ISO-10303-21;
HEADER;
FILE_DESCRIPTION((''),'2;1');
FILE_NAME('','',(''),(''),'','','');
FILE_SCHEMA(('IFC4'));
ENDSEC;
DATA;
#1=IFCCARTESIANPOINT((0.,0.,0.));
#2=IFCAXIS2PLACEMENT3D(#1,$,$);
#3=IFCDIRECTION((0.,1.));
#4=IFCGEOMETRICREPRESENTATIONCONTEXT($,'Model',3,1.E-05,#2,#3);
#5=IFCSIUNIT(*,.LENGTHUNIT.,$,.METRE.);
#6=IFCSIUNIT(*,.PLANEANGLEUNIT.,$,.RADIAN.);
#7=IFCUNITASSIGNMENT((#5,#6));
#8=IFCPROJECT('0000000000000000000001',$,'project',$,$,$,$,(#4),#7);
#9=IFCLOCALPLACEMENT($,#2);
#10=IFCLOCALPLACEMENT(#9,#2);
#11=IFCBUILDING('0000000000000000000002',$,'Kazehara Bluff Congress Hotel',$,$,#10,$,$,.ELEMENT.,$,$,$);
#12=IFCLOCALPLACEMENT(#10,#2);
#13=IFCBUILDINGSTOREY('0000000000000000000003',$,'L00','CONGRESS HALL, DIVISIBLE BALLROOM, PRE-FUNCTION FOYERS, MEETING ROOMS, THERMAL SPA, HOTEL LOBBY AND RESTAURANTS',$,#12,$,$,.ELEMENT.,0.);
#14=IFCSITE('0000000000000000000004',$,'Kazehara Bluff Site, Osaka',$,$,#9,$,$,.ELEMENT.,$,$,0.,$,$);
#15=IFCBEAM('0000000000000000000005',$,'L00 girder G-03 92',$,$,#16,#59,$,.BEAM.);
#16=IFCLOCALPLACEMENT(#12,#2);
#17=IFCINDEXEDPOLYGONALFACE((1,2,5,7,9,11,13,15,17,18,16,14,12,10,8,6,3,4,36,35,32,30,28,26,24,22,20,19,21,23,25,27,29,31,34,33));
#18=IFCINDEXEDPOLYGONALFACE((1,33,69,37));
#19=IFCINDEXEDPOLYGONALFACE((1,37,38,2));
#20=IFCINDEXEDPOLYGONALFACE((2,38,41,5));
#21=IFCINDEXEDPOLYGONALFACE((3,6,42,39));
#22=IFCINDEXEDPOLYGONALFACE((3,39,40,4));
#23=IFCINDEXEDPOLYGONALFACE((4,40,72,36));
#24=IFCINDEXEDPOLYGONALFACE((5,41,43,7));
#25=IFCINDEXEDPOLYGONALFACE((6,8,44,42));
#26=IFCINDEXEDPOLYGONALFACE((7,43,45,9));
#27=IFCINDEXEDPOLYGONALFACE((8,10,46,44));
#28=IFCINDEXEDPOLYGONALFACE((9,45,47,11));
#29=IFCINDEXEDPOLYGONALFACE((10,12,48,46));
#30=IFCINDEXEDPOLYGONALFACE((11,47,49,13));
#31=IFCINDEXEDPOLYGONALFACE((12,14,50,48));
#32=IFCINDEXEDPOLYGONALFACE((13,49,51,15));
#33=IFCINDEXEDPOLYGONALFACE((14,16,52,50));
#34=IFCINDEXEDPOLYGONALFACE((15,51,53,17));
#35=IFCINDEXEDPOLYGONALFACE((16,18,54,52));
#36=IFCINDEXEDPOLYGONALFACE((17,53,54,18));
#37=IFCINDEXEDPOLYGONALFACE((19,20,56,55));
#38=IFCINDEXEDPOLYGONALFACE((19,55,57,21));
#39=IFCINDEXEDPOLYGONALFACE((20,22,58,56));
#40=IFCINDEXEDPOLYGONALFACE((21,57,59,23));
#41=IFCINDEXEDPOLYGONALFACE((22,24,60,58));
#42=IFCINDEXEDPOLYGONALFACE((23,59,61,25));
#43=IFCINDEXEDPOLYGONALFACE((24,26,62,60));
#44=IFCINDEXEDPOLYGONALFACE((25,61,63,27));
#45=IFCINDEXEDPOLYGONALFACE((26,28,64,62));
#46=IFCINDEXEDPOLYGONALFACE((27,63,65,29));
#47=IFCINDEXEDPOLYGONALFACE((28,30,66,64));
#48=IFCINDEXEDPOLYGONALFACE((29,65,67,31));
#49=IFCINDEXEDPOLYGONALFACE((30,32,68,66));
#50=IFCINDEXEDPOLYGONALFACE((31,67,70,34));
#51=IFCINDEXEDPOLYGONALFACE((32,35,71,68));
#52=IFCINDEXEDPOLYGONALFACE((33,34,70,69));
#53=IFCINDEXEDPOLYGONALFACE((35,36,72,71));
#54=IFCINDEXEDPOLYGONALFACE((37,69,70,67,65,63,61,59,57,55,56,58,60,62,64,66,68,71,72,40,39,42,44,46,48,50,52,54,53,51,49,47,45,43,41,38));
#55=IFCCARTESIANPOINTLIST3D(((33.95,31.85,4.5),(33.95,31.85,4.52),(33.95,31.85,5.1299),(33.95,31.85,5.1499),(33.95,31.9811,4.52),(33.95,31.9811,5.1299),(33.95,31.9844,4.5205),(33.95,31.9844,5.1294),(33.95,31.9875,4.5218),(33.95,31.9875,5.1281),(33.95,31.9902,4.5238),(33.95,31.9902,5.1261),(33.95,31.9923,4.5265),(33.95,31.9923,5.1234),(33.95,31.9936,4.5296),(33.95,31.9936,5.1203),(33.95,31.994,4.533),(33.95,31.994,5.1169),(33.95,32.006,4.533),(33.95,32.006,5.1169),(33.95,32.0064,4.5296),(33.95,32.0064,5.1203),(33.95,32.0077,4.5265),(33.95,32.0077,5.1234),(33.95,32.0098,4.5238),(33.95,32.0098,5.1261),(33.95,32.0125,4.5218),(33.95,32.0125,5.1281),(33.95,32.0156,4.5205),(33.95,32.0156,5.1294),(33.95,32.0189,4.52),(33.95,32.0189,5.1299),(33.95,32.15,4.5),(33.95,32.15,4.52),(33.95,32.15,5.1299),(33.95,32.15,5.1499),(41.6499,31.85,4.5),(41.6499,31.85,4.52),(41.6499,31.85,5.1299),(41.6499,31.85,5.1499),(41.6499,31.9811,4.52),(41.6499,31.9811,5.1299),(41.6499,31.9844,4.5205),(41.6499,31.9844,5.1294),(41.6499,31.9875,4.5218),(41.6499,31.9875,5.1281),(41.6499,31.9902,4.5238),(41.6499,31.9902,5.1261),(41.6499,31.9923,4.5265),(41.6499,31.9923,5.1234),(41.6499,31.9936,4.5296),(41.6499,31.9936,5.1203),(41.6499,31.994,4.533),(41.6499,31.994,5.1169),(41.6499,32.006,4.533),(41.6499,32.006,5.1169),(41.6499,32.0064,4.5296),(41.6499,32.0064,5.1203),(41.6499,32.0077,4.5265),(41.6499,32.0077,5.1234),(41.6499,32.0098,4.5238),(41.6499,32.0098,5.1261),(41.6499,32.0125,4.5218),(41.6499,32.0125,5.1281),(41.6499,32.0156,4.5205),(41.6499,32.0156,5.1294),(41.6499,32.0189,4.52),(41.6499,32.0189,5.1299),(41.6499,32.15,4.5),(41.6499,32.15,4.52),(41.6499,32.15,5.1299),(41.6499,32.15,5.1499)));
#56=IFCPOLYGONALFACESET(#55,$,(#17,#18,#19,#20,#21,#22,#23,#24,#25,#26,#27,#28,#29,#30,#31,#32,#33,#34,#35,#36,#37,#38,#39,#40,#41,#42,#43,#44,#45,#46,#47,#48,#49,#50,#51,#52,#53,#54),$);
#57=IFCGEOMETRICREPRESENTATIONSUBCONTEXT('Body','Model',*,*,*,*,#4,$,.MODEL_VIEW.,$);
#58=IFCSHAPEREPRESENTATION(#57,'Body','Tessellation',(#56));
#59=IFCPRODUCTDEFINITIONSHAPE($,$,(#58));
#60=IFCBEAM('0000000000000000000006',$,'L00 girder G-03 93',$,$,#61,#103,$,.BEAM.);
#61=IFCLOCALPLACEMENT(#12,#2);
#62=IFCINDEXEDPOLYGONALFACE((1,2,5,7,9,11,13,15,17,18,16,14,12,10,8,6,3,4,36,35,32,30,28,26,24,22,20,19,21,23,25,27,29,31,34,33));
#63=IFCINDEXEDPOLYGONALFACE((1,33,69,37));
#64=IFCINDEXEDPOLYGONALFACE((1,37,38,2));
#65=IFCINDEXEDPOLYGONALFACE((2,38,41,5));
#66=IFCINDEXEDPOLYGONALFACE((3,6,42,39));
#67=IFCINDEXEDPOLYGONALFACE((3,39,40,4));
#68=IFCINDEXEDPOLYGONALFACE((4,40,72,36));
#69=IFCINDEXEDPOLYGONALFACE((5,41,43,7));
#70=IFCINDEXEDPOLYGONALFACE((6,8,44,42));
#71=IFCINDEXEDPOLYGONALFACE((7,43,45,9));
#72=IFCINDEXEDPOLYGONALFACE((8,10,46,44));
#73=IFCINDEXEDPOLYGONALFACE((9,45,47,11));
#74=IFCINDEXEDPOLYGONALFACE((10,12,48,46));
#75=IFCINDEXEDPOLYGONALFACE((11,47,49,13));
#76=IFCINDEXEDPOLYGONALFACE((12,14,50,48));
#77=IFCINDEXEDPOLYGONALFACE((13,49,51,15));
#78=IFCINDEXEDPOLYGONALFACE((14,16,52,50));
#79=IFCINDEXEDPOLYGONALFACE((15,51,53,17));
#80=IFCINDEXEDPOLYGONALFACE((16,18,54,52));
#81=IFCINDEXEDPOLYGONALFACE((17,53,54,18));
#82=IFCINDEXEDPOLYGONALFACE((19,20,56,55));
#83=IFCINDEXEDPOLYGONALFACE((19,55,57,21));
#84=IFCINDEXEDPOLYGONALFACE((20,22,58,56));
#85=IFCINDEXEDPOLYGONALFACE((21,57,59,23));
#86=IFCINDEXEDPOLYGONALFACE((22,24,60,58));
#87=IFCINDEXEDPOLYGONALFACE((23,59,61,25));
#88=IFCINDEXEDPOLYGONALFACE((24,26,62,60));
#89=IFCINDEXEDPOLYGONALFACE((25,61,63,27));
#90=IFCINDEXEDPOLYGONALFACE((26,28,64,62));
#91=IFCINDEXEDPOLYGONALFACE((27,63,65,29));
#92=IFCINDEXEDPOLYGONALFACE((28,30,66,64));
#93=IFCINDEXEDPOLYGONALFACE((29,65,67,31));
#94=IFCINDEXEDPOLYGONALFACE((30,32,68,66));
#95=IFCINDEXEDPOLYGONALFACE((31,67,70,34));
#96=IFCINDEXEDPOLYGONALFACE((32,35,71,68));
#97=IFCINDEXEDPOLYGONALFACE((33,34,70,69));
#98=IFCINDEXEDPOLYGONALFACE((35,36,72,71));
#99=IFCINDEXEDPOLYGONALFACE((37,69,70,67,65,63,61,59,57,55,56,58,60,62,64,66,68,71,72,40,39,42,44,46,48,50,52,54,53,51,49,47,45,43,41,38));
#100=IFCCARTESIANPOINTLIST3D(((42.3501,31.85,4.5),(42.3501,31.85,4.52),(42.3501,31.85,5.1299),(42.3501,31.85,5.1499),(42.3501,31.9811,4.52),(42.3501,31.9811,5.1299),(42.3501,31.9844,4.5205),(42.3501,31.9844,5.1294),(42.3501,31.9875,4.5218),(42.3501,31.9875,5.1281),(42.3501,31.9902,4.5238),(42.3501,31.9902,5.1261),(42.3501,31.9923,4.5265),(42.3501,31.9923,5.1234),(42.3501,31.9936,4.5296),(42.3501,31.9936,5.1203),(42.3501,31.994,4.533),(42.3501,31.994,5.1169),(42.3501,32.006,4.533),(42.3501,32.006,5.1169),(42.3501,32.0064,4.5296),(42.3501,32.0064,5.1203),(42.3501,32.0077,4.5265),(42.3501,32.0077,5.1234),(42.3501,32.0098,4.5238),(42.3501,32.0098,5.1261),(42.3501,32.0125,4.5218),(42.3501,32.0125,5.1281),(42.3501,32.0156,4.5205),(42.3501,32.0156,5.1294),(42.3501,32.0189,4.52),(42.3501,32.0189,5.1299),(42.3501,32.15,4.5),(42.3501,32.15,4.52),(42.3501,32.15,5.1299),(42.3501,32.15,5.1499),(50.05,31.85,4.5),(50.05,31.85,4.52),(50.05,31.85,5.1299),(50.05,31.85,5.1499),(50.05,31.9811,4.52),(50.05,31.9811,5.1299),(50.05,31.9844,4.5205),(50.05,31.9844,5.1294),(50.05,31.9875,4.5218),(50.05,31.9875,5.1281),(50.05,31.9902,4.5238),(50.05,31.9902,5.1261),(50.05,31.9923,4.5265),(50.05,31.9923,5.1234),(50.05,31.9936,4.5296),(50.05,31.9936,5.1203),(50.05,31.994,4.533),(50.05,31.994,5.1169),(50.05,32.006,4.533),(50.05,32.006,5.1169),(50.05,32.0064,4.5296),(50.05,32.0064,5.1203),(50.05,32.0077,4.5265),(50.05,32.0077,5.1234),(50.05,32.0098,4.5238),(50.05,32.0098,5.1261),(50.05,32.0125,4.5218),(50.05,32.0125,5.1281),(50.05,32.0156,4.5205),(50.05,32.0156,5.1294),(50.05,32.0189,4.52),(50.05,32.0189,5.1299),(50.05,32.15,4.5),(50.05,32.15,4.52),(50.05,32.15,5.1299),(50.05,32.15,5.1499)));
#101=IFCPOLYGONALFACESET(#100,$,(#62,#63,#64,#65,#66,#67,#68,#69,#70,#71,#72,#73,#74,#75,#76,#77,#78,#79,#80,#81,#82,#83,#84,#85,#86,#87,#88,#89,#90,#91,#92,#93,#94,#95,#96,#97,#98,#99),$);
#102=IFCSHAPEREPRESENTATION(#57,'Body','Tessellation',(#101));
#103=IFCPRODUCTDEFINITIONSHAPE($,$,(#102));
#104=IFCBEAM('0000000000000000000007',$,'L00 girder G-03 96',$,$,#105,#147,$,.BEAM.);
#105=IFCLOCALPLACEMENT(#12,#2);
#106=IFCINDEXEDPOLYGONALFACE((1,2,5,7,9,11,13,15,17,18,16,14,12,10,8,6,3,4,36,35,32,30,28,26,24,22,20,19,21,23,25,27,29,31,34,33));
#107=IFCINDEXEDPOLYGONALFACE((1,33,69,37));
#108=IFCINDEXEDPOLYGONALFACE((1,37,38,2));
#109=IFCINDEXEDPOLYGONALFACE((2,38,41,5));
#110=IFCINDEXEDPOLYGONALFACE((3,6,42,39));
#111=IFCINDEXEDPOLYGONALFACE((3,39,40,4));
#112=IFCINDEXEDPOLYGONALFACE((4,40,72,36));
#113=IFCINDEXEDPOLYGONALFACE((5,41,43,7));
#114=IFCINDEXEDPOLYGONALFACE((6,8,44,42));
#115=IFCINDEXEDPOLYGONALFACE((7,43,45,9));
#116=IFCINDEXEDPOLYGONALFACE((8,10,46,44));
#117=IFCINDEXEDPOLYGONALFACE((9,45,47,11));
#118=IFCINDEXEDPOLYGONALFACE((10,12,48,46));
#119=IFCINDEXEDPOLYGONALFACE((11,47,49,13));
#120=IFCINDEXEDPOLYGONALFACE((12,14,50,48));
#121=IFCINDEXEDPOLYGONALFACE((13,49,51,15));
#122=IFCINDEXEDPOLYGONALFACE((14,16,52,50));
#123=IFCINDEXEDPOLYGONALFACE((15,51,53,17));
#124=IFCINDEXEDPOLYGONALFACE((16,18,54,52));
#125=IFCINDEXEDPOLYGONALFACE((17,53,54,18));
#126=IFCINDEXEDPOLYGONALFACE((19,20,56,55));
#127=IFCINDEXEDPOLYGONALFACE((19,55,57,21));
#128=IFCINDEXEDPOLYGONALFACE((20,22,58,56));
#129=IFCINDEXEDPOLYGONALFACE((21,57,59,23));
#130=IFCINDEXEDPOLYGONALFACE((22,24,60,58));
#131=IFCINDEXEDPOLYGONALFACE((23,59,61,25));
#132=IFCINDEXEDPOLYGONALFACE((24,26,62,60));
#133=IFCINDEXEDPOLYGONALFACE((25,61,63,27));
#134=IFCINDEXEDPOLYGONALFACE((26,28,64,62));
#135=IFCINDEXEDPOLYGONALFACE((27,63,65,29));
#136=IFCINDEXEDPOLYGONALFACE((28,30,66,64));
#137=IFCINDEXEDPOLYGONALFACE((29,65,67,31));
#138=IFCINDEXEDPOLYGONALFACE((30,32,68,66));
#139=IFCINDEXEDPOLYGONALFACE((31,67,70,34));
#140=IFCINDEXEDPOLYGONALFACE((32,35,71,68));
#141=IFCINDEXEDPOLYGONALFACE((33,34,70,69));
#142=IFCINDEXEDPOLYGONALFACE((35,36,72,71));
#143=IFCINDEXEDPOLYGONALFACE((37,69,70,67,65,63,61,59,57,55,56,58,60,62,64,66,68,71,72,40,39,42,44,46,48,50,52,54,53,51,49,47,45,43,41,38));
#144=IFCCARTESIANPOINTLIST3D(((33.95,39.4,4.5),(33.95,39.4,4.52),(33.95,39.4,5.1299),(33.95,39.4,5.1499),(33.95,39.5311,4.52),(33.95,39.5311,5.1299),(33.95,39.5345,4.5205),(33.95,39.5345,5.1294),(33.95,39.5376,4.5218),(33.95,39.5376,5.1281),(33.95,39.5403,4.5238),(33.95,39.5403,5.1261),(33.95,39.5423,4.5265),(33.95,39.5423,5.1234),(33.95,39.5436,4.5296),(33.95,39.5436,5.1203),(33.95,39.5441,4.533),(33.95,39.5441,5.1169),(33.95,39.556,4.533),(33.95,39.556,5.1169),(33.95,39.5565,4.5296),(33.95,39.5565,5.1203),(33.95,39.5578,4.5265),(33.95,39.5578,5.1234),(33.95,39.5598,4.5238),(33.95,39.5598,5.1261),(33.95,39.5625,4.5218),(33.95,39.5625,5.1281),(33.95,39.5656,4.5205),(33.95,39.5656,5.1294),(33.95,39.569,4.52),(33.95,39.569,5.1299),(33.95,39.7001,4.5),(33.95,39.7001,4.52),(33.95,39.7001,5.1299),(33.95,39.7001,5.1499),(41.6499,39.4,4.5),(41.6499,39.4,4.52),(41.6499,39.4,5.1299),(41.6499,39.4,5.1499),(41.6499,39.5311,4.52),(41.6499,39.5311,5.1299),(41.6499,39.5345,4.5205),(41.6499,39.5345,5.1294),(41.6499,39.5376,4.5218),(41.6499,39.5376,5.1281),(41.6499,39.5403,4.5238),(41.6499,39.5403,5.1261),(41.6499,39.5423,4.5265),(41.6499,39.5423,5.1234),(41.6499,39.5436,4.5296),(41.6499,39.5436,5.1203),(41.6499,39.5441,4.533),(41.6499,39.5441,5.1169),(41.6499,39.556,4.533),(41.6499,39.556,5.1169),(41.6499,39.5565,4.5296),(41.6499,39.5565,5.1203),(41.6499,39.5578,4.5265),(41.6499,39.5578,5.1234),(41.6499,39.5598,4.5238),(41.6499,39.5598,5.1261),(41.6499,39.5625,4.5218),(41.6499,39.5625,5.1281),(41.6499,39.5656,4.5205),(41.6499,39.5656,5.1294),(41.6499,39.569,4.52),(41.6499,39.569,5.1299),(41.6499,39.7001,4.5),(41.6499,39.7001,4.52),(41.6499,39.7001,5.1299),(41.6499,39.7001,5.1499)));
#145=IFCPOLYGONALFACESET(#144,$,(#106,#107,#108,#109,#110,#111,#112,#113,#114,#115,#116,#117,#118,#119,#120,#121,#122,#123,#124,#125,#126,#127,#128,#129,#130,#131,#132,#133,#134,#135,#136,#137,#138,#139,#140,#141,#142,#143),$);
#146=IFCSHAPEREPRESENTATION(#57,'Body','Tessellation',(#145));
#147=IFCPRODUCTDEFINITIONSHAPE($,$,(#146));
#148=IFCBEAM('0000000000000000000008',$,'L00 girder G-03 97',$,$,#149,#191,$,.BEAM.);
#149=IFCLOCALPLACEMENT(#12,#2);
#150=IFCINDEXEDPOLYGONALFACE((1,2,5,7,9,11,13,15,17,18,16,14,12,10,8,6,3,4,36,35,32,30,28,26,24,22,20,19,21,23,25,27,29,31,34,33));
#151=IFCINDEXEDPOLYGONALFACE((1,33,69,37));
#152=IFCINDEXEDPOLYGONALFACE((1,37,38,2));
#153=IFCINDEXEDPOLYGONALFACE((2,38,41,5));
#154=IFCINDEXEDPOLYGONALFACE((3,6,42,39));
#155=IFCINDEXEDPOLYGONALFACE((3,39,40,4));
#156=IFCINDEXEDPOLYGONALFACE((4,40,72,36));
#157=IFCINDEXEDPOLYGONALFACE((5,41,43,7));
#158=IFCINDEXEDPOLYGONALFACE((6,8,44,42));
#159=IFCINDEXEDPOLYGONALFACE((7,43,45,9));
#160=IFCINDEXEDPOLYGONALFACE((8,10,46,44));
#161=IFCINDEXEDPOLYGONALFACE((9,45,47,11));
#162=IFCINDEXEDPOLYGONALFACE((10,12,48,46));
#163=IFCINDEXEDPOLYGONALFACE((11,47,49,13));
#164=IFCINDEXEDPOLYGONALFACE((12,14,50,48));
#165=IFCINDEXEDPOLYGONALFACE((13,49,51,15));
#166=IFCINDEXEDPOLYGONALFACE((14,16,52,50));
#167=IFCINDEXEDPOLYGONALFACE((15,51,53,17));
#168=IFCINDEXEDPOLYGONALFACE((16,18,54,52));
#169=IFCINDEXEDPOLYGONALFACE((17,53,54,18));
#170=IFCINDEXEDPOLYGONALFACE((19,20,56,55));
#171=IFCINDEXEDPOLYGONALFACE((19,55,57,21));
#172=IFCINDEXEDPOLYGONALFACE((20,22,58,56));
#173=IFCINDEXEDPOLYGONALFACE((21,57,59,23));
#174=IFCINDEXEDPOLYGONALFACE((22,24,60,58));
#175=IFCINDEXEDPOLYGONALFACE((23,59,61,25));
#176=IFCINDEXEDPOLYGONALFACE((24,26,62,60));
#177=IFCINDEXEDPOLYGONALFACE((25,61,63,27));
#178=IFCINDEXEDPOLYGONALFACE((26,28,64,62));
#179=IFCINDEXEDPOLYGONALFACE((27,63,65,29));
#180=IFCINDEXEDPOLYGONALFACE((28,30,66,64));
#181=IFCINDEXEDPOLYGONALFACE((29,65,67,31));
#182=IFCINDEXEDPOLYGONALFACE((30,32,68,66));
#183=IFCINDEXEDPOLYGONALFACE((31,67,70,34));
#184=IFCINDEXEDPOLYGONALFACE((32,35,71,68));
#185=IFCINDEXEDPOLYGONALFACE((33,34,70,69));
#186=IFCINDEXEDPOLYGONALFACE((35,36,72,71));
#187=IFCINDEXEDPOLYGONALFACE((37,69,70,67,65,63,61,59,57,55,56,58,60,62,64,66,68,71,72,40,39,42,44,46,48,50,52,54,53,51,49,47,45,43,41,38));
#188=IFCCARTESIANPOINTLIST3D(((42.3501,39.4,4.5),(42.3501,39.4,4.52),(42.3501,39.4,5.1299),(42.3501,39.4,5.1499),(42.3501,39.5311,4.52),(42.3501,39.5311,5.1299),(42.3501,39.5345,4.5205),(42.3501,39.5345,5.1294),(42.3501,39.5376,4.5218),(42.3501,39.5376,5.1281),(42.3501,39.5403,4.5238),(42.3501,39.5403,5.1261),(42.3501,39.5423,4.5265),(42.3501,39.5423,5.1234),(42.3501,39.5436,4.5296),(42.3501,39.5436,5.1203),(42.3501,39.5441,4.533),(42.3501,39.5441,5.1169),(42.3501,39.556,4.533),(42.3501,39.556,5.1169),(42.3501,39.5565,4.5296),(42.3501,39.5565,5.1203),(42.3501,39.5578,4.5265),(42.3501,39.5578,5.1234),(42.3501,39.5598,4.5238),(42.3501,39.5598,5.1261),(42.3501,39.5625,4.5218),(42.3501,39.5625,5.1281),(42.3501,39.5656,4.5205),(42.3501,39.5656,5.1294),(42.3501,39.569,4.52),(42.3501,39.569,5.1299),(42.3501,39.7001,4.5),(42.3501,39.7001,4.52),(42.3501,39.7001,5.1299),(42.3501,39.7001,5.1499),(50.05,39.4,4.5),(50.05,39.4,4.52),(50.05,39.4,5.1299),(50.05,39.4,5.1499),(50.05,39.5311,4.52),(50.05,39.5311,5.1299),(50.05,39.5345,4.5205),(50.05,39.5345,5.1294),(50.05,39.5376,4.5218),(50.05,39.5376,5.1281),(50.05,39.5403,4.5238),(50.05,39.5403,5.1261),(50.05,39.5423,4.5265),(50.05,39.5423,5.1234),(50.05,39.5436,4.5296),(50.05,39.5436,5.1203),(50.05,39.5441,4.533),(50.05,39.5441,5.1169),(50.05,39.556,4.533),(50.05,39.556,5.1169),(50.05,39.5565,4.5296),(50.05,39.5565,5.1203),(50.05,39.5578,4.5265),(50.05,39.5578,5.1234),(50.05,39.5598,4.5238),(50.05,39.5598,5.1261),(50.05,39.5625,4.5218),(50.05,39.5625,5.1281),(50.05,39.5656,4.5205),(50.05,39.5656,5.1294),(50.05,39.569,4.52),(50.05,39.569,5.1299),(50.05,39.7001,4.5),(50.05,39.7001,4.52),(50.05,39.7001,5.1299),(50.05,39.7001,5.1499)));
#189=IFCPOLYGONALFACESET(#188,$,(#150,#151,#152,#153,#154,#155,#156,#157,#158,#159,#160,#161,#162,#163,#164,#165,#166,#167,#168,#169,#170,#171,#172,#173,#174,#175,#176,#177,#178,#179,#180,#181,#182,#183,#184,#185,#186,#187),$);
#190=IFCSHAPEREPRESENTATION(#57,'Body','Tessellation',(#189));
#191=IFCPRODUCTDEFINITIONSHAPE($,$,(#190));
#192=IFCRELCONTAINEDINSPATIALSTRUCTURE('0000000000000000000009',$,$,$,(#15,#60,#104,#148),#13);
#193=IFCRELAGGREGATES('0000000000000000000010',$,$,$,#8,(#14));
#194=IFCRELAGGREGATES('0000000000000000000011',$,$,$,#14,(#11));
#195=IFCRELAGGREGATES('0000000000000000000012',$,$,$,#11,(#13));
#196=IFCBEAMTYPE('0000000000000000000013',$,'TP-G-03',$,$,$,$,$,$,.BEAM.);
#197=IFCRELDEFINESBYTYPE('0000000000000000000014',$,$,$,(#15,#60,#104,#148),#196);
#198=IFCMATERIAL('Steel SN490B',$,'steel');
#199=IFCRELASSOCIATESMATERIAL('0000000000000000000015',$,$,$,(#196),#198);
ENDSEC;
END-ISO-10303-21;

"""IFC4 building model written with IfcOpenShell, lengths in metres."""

from ifc_helpers import new_model, si_unit, direction, frame, origin, origin_2d, place, context, subcontext, project, spatial, i_section, extrude, material, material_profile, profile_set, type_object, element, save


model = new_model("IFC4")

# Units and contexts
model_context = context("Model", 3, precision=1e-05, world=origin(), true_north=direction((0.0, 1.0)))
body_context = subcontext(model_context, "Body", "Model", "MODEL_VIEW")
ifc_project = project(units=[si_unit("LENGTHUNIT", "METRE"), si_unit("PLANEANGLEUNIT", "RADIAN")], contexts=[model_context])

# Site, building, storey
site_placement = place(None, origin())
site = spatial("IfcSite", under=ifc_project, at=site_placement, Name="Kazehara Bluff Site, Osaka", CompositionType="ELEMENT", RefElevation=0.0)
building_placement = place(site_placement, origin())
building = spatial("IfcBuilding", under=site, at=building_placement, Name="Kazehara Bluff Congress Hotel", CompositionType="ELEMENT")
storey_placement = place(building_placement, origin())
storey = spatial("IfcBuildingStorey", under=building, at=storey_placement, Name="L00", Description="CONGRESS HALL, DIVISIBLE BALLROOM, PRE-FUNCTION FOYERS, MEETING ROOMS, THERMAL SPA, HOTEL LOBBY AND RESTAURANTS", CompositionType="ELEMENT", Elevation=0.0)

# Beams
ifc_material_1 = material(Name="Steel SN490B", Category="steel")
ifc_material_profile_1 = material_profile(ifc_material_1, i_section(OverallWidth=0.3, OverallDepth=0.6499, WebThickness=0.012, FlangeThickness=0.02, FilletRadius=0.0129, at=origin_2d()))
ifc_profile_set_1 = profile_set([ifc_material_profile_1], Name="Steel SN490B")
beam_type_1 = type_object("IfcBeamType", Name="TP-G-03", PredefinedType="BEAM", material=ifc_profile_set_1)
for number, where, z_axis, x_axis, name in (
    (1, (33.95, 32.0, 4.825), (1.0, 0.0, 0.0), (0.0, 1.0, 0.0), "L00 girder G-03 92"),
    (2, (42.3501, 32.0, 4.825), (1.0, 0.0, 0.0), (0.0, 1.0, 0.0), "L00 girder G-03 93"),
    (3, (33.95, 39.55, 4.825), (1.0, 0.0, 0.0), (0.0, 1.0, 0.0), "L00 girder G-03 96"),
    (4, (42.3501, 39.55, 4.825), (1.0, 0.0, 0.0), (0.0, 1.0, 0.0), "L00 girder G-03 97"),
):
    element("IfcBeam", number, at=place(storey_placement, frame(where, z_axis=z_axis, x_axis=x_axis)), inside=storey, type_object=beam_type_1, Name=name, PredefinedType="BEAM", context=body_context, shape_type="SweptSolid", body=[
        extrude(i_section(OverallWidth=0.3, OverallDepth=0.6499, WebThickness=0.012, FlangeThickness=0.02, FilletRadius=0.0129, at=origin_2d()), origin(), (0.0, 0.0, 1.0), 7.7),
    ])

save(model, "model.ifc")
